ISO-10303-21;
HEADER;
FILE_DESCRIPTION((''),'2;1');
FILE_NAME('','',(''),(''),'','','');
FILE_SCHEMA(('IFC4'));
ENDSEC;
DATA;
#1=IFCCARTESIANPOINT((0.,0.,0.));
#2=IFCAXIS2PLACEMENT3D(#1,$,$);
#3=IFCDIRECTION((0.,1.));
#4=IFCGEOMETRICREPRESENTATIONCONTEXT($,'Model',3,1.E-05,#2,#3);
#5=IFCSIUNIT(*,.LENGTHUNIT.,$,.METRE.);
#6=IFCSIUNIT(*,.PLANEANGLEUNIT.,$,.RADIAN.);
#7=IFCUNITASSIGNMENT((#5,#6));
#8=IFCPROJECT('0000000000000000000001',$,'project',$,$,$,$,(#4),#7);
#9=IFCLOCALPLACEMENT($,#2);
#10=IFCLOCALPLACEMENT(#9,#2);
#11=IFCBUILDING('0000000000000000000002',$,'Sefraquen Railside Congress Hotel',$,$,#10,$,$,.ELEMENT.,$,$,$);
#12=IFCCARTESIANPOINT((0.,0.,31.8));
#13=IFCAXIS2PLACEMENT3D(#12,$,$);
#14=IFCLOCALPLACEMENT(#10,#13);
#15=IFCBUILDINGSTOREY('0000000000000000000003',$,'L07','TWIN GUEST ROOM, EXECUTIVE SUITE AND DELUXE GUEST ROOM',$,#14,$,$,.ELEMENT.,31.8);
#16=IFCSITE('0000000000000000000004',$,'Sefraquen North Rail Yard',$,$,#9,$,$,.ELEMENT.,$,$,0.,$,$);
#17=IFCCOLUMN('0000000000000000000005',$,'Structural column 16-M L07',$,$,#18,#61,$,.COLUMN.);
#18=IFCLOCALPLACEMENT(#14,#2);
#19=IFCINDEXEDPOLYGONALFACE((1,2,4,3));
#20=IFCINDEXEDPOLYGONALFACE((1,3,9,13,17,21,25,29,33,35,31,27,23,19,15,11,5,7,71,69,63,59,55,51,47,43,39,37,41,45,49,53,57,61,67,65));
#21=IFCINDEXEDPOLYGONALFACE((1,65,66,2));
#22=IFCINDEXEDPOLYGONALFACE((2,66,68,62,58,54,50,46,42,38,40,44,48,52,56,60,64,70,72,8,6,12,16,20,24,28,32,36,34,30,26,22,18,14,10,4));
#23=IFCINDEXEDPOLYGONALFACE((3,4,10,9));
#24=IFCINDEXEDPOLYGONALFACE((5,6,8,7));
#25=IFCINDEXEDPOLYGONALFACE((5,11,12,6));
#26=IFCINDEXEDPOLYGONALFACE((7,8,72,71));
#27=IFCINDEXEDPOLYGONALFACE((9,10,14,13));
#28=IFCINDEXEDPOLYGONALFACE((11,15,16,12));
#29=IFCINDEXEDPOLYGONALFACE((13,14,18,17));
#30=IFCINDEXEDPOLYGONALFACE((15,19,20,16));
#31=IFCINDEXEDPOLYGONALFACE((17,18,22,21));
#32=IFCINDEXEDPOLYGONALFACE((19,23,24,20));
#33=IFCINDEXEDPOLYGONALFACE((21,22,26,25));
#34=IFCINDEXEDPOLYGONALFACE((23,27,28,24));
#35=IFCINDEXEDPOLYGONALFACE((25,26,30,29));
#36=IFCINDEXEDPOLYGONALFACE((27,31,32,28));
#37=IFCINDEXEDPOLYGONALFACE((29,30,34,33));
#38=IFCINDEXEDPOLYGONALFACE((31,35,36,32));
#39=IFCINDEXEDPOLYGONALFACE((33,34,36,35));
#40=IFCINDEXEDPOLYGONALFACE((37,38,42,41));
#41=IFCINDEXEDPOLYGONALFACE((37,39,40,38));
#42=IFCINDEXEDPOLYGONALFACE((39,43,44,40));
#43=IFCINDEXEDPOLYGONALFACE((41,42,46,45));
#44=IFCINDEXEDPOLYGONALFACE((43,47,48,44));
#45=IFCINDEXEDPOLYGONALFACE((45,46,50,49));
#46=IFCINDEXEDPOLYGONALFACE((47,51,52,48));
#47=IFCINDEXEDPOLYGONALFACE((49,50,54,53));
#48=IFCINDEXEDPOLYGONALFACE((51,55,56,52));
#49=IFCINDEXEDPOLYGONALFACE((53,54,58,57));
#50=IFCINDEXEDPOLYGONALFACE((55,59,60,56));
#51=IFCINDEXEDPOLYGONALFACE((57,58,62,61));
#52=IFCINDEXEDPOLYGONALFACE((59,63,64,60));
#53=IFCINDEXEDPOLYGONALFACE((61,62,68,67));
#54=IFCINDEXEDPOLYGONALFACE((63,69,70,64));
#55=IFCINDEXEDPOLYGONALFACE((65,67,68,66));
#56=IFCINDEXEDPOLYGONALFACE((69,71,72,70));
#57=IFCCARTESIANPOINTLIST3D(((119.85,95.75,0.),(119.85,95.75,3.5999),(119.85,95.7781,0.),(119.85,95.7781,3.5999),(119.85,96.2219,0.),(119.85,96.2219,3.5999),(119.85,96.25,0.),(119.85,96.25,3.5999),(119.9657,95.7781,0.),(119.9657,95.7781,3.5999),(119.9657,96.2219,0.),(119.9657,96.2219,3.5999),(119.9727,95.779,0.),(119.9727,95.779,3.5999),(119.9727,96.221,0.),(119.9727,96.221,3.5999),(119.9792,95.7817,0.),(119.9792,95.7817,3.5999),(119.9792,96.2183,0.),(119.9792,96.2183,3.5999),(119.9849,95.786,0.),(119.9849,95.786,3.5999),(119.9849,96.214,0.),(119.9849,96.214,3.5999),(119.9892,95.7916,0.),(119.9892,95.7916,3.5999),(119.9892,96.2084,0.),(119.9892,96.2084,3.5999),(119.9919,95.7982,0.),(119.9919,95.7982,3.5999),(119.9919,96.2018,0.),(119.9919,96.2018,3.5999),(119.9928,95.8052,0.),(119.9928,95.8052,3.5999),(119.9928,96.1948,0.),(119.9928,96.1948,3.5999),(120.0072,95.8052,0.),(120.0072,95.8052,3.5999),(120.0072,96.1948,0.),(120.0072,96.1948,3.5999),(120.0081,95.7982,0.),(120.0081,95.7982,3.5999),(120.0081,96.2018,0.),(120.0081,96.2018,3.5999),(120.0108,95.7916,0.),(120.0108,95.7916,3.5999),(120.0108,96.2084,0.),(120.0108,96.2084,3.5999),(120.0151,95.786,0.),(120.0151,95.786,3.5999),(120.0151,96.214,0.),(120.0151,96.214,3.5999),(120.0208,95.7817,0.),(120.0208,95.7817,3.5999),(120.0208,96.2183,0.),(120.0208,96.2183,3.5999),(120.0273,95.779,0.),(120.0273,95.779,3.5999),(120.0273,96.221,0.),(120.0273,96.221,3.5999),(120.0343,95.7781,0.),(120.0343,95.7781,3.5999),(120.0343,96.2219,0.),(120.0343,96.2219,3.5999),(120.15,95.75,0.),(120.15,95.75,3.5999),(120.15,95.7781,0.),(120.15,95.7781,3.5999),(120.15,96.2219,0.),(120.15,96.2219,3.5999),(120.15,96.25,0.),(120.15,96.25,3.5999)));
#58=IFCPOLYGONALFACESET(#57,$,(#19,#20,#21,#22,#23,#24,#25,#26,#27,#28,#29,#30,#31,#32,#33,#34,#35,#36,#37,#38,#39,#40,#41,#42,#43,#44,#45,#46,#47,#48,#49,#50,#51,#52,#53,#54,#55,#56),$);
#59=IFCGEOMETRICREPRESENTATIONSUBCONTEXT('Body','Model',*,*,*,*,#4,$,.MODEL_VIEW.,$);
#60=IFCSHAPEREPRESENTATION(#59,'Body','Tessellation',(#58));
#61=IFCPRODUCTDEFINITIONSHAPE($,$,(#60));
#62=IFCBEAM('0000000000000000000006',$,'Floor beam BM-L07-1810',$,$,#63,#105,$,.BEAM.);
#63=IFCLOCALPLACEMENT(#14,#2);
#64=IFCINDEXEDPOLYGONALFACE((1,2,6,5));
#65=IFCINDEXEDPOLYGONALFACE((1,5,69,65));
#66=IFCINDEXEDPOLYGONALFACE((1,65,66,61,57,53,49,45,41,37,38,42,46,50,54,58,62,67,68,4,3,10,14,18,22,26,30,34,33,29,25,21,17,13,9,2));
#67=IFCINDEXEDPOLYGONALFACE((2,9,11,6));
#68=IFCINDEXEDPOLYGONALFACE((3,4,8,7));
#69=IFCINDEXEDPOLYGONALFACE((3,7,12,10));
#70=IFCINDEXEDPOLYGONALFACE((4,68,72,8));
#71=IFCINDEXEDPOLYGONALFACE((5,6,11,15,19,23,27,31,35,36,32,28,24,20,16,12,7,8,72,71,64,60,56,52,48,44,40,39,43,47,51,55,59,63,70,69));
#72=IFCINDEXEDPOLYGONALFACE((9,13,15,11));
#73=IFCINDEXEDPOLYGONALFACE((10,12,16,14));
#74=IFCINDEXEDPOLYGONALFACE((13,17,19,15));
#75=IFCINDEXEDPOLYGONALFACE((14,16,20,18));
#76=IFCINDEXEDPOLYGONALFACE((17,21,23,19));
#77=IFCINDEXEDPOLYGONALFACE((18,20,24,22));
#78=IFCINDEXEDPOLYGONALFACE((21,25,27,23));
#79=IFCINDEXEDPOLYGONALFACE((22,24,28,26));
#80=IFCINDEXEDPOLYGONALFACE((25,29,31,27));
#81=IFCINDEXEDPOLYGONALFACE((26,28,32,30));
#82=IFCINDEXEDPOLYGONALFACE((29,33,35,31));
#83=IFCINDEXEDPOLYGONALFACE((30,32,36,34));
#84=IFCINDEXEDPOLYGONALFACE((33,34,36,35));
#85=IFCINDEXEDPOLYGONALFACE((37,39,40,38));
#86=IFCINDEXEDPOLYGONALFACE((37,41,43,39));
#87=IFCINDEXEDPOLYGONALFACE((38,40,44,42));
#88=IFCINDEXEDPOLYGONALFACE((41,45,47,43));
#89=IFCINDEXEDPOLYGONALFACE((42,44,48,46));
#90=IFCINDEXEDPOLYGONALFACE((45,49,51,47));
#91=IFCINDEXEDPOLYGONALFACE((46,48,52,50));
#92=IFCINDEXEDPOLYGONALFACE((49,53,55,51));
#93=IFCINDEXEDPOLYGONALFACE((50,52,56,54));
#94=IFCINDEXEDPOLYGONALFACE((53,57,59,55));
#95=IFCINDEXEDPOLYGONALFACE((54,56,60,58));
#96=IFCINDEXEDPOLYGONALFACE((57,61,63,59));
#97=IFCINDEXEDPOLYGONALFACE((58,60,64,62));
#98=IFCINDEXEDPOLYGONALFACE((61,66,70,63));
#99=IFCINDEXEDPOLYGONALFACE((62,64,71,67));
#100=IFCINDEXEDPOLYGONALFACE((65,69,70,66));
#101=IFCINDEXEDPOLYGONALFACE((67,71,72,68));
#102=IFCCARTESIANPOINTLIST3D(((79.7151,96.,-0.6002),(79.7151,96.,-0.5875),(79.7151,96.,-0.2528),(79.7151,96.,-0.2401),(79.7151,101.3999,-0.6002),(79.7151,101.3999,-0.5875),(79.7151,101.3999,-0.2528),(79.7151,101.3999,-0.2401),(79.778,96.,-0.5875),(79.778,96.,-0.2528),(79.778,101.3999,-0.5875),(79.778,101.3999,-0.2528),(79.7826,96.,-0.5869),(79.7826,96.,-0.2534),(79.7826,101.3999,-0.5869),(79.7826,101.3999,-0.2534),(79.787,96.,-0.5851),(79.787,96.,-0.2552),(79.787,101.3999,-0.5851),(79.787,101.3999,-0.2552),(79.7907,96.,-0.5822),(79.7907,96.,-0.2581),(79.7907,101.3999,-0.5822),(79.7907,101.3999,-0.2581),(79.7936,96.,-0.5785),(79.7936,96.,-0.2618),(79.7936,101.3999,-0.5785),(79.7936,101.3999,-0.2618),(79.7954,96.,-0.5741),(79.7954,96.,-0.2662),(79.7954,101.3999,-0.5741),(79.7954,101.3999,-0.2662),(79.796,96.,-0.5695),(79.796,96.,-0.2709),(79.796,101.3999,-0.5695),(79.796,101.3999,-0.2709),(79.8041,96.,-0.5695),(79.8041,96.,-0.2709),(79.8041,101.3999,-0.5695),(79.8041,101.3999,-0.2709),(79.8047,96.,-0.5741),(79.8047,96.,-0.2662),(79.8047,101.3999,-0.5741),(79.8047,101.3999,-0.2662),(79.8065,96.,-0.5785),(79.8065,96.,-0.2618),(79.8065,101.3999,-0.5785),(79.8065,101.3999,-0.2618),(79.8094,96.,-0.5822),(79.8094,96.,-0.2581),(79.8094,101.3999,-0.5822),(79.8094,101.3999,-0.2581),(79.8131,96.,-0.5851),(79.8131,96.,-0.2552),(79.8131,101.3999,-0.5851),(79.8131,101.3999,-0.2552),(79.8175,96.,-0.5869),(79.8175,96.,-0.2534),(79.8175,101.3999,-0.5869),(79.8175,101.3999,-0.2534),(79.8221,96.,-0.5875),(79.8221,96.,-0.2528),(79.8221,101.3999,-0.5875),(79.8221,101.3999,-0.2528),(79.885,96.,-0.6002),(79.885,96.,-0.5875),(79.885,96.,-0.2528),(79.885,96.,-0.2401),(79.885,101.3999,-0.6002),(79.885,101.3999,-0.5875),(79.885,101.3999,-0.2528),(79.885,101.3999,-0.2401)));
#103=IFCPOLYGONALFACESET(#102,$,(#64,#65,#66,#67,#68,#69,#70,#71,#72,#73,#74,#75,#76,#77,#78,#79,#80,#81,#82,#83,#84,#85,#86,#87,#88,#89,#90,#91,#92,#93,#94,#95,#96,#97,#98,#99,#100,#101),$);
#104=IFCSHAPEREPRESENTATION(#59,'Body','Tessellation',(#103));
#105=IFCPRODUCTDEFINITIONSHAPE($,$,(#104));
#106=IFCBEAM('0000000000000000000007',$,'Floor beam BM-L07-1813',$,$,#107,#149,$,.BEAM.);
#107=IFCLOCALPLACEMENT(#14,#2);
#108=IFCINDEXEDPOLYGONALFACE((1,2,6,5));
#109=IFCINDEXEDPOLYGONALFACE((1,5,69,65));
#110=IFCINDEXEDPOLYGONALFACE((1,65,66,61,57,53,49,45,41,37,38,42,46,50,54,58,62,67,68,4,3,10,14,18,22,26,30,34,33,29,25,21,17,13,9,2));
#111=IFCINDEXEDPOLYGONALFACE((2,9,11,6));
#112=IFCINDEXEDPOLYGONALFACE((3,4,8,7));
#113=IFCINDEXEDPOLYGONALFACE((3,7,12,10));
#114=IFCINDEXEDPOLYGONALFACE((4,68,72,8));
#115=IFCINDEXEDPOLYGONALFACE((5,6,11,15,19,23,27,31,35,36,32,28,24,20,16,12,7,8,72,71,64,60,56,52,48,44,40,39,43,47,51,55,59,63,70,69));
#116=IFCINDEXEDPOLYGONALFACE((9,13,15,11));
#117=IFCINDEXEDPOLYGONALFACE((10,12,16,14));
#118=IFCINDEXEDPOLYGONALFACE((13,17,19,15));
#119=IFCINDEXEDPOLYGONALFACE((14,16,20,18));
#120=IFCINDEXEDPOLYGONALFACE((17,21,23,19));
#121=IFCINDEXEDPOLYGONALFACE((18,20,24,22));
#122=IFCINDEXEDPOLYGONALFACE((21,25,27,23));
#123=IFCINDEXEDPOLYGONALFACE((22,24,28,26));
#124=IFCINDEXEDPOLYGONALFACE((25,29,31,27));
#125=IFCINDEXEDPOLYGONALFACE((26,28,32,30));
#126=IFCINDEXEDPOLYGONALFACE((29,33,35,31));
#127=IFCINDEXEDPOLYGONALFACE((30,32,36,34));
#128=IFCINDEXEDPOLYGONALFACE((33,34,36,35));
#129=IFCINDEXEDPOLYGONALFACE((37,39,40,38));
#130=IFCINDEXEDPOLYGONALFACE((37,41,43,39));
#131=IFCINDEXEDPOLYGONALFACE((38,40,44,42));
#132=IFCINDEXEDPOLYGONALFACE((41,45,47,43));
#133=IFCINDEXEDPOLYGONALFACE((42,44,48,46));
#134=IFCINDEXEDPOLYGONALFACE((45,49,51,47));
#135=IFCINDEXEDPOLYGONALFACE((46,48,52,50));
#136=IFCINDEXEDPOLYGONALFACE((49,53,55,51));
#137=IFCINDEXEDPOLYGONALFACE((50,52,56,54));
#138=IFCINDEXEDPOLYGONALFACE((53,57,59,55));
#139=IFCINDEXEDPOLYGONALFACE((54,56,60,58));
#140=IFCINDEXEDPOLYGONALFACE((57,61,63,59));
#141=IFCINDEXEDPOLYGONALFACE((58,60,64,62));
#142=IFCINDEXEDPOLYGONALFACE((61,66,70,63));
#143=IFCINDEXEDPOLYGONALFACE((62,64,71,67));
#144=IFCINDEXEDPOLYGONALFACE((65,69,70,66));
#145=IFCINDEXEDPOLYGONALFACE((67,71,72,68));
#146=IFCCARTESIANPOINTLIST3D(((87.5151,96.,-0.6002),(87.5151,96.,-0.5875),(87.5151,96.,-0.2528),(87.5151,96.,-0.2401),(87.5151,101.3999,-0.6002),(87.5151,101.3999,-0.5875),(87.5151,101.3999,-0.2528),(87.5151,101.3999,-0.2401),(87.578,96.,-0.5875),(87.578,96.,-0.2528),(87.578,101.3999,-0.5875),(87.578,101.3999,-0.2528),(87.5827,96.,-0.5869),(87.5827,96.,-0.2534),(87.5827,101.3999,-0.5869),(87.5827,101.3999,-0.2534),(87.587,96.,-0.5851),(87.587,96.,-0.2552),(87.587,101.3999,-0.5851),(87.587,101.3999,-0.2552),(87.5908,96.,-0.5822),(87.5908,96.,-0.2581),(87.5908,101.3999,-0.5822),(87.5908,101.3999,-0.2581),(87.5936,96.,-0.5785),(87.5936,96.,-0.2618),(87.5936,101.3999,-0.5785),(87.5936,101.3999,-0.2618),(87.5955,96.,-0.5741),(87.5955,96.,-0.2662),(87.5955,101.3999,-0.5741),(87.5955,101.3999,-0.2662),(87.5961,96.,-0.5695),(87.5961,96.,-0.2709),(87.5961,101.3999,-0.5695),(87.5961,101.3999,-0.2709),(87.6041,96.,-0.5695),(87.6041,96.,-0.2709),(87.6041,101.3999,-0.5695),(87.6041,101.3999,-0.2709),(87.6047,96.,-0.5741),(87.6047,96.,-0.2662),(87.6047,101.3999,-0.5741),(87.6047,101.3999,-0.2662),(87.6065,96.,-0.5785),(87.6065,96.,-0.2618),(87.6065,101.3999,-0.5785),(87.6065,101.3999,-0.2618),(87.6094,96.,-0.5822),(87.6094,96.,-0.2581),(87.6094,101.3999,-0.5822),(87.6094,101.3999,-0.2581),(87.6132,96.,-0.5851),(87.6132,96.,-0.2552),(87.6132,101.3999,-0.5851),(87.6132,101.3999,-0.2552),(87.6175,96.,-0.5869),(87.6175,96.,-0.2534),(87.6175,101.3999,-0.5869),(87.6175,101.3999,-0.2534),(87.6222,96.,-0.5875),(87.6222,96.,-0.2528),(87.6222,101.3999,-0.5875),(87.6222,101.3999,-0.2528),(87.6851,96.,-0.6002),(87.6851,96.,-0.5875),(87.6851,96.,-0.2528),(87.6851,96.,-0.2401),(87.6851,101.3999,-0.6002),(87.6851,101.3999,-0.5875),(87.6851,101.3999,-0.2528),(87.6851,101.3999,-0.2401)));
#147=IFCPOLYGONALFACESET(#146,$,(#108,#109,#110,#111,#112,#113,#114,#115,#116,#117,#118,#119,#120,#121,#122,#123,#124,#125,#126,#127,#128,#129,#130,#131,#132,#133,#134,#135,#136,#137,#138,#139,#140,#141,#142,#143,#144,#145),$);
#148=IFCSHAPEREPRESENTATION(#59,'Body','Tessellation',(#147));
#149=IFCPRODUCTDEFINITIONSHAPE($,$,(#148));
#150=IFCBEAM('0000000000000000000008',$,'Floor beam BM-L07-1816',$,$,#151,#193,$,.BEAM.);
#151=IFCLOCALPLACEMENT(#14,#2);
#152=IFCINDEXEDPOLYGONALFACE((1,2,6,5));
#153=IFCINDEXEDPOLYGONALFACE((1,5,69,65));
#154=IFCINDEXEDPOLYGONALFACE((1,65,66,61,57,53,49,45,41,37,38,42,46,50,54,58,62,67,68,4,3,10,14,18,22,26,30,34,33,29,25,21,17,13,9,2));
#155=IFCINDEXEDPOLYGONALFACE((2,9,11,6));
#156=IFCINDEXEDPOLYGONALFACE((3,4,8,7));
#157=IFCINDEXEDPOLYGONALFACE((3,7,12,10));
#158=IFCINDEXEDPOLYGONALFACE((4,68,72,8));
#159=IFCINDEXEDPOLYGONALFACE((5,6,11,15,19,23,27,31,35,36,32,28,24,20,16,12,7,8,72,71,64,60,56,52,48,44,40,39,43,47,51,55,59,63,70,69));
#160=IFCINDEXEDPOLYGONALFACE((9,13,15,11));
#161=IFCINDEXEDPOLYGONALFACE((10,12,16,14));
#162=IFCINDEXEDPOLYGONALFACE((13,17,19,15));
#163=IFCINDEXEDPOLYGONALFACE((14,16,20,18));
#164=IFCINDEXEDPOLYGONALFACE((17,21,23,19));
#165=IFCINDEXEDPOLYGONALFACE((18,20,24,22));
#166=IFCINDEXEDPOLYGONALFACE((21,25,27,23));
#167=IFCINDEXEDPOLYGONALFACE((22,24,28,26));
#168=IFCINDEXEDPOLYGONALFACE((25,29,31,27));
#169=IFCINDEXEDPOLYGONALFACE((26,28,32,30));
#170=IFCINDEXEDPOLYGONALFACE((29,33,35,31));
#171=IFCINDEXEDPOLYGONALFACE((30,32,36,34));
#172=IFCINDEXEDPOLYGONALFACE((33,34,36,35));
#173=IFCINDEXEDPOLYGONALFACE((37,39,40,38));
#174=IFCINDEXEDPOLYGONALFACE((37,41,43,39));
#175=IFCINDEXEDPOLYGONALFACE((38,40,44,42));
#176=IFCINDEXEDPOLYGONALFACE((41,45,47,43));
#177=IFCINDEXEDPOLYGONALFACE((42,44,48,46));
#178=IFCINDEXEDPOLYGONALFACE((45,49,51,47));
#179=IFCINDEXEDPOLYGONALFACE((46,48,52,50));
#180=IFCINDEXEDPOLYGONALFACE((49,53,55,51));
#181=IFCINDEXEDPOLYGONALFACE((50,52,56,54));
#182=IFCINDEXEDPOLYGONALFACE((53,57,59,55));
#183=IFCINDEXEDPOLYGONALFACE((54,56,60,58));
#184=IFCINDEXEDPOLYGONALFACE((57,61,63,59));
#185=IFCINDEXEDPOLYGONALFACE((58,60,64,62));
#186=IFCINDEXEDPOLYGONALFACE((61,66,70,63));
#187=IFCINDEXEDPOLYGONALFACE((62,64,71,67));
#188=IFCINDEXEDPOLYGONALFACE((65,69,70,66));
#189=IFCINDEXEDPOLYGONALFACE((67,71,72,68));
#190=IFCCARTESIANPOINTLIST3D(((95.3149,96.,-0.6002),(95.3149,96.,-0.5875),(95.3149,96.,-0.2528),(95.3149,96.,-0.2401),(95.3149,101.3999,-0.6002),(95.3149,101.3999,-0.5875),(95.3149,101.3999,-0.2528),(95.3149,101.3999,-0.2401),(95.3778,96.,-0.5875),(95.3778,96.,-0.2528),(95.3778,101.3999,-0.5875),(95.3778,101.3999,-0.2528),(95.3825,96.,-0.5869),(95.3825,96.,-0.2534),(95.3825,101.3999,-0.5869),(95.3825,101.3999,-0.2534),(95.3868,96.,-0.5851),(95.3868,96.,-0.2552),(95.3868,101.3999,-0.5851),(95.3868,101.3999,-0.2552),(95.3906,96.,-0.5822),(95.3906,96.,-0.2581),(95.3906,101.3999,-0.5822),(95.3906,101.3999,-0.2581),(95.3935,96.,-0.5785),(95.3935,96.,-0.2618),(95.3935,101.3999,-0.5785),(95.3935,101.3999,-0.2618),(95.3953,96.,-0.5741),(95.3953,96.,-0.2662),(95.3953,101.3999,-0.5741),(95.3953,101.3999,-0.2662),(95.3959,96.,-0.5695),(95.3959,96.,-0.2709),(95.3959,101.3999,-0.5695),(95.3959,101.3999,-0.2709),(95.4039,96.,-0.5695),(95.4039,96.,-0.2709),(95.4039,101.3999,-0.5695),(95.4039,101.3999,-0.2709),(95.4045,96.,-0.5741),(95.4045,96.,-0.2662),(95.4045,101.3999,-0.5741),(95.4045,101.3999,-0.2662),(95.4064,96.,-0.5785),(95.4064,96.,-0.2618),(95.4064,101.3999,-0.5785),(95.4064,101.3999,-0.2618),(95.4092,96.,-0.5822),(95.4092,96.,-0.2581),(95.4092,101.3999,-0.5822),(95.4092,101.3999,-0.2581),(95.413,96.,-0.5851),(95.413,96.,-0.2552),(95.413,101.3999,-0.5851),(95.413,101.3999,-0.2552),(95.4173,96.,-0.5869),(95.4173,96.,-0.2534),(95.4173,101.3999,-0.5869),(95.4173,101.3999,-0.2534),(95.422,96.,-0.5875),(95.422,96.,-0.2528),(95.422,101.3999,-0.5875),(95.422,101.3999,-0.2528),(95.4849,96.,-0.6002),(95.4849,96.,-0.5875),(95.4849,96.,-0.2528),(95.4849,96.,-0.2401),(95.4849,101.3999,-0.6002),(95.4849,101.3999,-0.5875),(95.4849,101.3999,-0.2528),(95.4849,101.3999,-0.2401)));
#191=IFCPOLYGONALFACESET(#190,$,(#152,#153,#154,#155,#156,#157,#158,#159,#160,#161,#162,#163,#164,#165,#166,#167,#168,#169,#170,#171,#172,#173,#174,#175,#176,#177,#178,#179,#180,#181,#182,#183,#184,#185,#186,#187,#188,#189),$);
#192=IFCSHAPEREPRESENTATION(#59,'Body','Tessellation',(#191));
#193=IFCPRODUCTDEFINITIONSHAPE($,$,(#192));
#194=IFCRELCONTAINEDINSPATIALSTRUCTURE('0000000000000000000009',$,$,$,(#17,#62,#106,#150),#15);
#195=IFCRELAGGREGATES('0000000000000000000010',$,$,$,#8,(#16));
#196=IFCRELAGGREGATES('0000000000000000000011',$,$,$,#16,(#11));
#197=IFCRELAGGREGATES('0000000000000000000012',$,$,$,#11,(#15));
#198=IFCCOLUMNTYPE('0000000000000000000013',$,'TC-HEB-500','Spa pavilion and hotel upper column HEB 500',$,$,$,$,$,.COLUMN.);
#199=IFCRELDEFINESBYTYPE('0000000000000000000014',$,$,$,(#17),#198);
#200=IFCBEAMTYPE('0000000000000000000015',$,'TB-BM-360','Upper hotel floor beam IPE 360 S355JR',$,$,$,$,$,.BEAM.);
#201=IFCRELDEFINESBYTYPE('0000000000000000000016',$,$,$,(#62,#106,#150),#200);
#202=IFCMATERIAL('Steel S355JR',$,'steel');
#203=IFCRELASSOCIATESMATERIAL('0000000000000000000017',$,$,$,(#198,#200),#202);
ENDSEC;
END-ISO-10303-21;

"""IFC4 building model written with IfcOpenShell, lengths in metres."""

from ifc_helpers import new_model, si_unit, direction, frame, origin, origin_2d, place, context, subcontext, project, spatial, i_section, extrude, material, material_profile, profile_set, type_object, element, save


model = new_model("IFC4")

# Units and contexts
model_context = context("Model", 3, precision=1e-05, world=origin(), true_north=direction((0.0, 1.0)))
body_context = subcontext(model_context, "Body", "Model", "MODEL_VIEW")
ifc_project = project(units=[si_unit("LENGTHUNIT", "METRE"), si_unit("PLANEANGLEUNIT", "RADIAN")], contexts=[model_context])

# Site, building, storey
site_placement = place(None, origin())
site = spatial("IfcSite", under=ifc_project, at=site_placement, Name="Sefraquen North Rail Yard", CompositionType="ELEMENT", RefElevation=0.0)
building_placement = place(site_placement, origin())
building = spatial("IfcBuilding", under=site, at=building_placement, Name="Sefraquen Railside Congress Hotel", CompositionType="ELEMENT")
storey_placement = place(building_placement, frame((0.0, 0.0, 31.8)))
storey = spatial("IfcBuildingStorey", under=building, at=storey_placement, Name="L07", Description="TWIN GUEST ROOM, EXECUTIVE SUITE AND DELUXE GUEST ROOM", CompositionType="ELEMENT", Elevation=31.8)

# Column
ifc_material_1 = material(Name="Steel S355JR", Category="steel")
ifc_material_profile_1 = material_profile(ifc_material_1, i_section(OverallWidth=0.3, OverallDepth=0.5, WebThickness=0.0144, FlangeThickness=0.0281, FilletRadius=0.0271, at=origin_2d()), Name="HEB 500")
ifc_profile_set_1 = profile_set([ifc_material_profile_1], Name="Steel S355JR")
column_type = type_object("IfcColumnType", Name="TC-HEB-500", Description="Spa pavilion and hotel upper column HEB 500", PredefinedType="COLUMN", material=ifc_profile_set_1)
for number, where, z_axis, x_axis, name in (
    (1, (120.0, 96.0, 0.0), (0.0, 0.0, 1.0), (1.0, 0.0, 0.0), "Structural column 16-M L07"),
):
    element("IfcColumn", number, at=place(storey_placement, frame(where, z_axis=z_axis, x_axis=x_axis)), inside=storey, type_object=column_type, Name=name, PredefinedType="COLUMN", context=body_context, shape_type="SweptSolid", body=[
        extrude(i_section(OverallWidth=0.3, OverallDepth=0.5, WebThickness=0.0144, FlangeThickness=0.0281, FilletRadius=0.0271, at=origin_2d()), origin(), (0.0, 0.0, 1.0), 3.5999),
    ])

# Beams
ifc_material_profile_2 = material_profile(ifc_material_1, i_section(OverallWidth=0.1699, OverallDepth=0.3601, WebThickness=0.0081, FlangeThickness=0.0127, FilletRadius=0.0181, at=origin_2d()), Name="IPE 360")
ifc_profile_set_2 = profile_set([ifc_material_profile_2], Name="Steel S355JR")
beam_type_1 = type_object("IfcBeamType", Name="TB-BM-360", Description="Upper hotel floor beam IPE 360 S355JR", PredefinedType="BEAM", material=ifc_profile_set_2)
for number, where, z_axis, x_axis, name in (
    (2, (79.8, 96.0, -0.4202), (0.0, 1.0, 0.0), (-1.0, 0.0, 0.0), "Floor beam BM-L07-1810"),
    (3, (87.6001, 96.0, -0.4202), (0.0, 1.0, 0.0), (-1.0, 0.0, 0.0), "Floor beam BM-L07-1813"),
    (4, (95.3999, 96.0, -0.4202), (0.0, 1.0, 0.0), (-1.0, 0.0, 0.0), "Floor beam BM-L07-1816"),
):
    element("IfcBeam", number, at=place(storey_placement, frame(where, z_axis=z_axis, x_axis=x_axis)), inside=storey, type_object=beam_type_1, Name=name, PredefinedType="BEAM", context=body_context, shape_type="SweptSolid", body=[
        extrude(i_section(OverallWidth=0.1699, OverallDepth=0.3601, WebThickness=0.0081, FlangeThickness=0.0127, FilletRadius=0.0181, at=origin_2d()), origin(), (0.0, 0.0, 1.0), 5.3999),
    ])

save(model, "model.ifc")
